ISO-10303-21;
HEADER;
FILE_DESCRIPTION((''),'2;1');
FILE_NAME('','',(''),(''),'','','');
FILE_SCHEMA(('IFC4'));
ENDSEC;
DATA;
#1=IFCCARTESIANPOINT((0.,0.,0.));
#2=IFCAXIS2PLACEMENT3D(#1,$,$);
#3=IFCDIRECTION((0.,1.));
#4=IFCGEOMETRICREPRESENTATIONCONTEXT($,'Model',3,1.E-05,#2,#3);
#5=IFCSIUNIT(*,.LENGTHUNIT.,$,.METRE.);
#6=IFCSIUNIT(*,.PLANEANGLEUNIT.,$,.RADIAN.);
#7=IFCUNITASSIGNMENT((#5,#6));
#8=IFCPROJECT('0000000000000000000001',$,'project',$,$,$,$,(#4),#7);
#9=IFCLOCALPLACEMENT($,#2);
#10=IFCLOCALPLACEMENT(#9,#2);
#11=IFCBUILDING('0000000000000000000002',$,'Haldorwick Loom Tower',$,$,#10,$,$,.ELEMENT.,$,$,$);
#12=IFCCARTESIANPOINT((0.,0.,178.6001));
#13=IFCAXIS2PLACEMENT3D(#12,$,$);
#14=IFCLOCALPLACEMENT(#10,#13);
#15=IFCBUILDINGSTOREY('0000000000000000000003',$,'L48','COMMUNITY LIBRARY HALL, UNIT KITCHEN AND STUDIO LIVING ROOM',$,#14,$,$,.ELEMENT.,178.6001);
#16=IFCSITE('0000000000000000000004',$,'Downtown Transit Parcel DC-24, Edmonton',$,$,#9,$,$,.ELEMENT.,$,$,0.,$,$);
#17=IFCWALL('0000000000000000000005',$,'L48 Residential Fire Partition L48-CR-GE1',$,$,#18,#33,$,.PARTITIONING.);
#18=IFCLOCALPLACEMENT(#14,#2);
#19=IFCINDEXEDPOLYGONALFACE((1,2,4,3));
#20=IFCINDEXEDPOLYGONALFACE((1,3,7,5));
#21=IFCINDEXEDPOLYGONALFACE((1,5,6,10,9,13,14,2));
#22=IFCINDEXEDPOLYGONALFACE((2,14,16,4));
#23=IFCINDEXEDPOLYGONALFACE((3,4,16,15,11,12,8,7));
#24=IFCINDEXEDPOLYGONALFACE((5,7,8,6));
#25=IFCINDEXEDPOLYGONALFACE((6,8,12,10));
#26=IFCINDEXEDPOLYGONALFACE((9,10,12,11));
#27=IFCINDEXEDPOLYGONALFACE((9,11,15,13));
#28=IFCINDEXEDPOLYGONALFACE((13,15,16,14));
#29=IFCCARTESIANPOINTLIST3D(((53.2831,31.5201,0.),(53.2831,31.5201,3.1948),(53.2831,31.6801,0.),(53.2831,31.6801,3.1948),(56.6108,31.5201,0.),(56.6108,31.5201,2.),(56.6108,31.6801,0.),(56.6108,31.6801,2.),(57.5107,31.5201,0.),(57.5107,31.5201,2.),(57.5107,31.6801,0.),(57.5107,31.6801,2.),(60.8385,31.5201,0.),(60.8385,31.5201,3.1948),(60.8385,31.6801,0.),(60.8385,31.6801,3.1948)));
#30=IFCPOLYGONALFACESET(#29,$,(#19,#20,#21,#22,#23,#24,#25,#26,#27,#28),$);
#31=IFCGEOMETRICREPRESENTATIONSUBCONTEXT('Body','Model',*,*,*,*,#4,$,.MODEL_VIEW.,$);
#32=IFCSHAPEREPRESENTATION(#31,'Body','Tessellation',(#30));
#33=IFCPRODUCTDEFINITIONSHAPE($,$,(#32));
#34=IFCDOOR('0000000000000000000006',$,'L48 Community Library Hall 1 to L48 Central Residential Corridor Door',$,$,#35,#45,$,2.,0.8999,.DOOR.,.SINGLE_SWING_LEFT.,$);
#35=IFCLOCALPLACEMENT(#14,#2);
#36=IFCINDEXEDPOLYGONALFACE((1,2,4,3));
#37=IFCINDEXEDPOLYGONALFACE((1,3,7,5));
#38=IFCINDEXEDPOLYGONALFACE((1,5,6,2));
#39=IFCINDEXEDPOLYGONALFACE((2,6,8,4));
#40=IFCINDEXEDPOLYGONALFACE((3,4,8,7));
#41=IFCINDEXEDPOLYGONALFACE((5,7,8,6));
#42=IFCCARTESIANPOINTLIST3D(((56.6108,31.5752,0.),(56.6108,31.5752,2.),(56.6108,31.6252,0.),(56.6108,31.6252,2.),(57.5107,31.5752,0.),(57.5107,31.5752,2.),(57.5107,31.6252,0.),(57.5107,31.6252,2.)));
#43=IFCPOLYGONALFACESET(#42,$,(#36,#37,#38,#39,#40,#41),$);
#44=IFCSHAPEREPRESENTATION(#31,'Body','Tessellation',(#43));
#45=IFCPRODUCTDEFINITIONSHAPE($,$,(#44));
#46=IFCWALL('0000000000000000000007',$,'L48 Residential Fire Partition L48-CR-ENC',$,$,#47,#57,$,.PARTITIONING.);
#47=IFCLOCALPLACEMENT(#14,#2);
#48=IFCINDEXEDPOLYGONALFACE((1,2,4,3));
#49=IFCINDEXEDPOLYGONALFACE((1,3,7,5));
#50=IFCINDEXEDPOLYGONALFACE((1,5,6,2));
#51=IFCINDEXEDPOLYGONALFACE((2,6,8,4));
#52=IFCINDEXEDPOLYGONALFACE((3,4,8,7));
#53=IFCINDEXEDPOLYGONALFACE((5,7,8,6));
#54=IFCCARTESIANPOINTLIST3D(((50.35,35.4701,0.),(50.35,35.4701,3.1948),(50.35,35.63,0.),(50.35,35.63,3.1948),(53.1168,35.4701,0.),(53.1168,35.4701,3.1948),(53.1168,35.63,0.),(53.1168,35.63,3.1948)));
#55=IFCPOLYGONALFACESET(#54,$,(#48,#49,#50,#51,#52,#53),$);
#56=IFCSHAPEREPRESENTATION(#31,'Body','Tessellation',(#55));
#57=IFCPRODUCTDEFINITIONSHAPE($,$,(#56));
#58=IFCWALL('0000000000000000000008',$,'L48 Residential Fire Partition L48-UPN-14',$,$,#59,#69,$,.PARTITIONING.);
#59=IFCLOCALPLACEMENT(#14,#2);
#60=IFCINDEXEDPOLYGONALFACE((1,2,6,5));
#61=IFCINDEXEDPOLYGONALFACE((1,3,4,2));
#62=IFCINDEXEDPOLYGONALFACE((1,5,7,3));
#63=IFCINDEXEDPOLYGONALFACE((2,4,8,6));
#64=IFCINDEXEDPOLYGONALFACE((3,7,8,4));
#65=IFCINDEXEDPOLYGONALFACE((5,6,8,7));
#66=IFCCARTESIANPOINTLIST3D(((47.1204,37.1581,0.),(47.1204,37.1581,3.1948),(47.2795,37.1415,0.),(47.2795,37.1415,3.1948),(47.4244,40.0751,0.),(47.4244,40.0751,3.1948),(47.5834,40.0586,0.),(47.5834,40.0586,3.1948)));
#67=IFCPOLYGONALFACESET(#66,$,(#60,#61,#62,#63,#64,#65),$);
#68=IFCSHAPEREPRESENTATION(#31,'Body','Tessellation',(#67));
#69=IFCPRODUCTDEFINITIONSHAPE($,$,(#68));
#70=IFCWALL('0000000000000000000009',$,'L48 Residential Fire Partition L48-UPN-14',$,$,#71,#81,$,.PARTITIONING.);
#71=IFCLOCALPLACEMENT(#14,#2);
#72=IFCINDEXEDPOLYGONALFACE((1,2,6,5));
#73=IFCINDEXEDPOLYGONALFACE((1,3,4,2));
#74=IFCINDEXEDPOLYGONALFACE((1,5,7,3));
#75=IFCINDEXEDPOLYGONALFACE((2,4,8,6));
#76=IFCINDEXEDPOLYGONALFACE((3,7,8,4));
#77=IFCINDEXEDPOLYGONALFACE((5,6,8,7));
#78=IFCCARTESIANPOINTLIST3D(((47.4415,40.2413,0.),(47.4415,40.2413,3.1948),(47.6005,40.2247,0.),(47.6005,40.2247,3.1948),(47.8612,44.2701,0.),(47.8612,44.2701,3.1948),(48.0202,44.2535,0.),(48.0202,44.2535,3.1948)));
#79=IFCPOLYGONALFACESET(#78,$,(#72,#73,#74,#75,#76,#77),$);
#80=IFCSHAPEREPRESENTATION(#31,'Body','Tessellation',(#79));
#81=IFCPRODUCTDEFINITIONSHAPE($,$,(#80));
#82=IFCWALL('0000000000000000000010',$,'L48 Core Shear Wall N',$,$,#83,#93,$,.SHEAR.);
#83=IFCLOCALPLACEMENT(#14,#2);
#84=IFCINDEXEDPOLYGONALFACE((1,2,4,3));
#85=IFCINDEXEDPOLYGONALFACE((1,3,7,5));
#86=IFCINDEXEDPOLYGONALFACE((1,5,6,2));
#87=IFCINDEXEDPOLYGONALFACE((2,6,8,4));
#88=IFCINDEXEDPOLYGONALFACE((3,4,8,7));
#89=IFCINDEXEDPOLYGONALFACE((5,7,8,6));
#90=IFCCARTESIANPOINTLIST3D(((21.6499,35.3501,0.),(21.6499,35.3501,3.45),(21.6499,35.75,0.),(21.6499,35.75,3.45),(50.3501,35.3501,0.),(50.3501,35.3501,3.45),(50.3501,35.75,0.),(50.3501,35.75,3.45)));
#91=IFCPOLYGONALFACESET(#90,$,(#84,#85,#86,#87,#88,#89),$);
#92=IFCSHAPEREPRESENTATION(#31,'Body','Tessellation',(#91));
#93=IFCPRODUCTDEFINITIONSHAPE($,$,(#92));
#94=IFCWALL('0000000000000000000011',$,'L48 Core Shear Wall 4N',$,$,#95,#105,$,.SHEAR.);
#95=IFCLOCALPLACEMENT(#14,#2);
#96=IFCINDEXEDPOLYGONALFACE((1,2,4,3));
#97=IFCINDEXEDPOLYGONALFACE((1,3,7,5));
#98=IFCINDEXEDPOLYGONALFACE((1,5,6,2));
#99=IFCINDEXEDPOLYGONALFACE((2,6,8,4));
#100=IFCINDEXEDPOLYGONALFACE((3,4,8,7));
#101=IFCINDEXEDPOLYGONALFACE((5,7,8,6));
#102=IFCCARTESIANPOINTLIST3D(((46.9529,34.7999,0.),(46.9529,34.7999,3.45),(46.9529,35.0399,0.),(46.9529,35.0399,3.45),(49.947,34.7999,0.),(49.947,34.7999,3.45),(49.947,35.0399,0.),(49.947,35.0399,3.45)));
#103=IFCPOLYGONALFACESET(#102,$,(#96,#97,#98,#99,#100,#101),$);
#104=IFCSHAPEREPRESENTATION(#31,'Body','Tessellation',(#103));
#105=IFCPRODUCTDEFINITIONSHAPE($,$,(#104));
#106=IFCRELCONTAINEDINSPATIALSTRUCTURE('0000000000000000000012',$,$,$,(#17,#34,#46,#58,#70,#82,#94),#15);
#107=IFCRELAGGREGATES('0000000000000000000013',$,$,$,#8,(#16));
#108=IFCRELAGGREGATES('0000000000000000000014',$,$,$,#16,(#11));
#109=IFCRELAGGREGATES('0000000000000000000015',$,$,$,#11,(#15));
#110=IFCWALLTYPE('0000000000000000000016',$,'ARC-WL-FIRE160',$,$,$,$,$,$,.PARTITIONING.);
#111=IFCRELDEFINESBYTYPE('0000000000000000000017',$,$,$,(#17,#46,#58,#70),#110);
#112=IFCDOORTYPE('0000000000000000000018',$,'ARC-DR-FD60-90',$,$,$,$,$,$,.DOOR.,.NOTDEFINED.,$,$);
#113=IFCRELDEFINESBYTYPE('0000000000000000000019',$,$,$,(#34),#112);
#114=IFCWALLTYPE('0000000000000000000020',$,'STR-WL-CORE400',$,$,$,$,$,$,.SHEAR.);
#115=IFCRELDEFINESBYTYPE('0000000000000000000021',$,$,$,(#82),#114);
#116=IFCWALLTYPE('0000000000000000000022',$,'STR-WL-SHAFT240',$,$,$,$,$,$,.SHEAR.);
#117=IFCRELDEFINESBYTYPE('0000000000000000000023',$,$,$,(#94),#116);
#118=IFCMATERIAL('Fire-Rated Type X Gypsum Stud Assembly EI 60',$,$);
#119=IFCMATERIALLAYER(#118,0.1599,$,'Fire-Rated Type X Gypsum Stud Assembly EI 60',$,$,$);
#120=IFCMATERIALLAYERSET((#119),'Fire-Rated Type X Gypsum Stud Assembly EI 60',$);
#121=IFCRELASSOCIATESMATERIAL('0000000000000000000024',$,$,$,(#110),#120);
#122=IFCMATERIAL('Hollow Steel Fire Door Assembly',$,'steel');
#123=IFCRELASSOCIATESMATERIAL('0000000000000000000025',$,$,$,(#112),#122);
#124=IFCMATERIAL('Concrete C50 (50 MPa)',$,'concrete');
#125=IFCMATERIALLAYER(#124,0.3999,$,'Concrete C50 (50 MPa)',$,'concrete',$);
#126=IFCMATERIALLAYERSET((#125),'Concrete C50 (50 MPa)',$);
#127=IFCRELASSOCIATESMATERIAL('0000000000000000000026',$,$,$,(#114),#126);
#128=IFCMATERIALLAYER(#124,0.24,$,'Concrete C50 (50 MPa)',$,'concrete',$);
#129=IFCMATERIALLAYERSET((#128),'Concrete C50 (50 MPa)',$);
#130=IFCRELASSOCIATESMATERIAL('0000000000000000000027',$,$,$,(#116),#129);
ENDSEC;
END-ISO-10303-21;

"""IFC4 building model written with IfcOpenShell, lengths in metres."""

from ifc_helpers import new_model, si_unit, direction, frame, frame_2d, origin, place, context, subcontext, project, spatial, rectangle, extrude, material, layer, layer_set, type_object, element, fill, save


model = new_model("IFC4")

# Units and contexts
model_context = context("Model", 3, precision=1e-05, world=origin(), true_north=direction((0.0, 1.0)))
body_context = subcontext(model_context, "Body", "Model", "MODEL_VIEW")
ifc_project = project(units=[si_unit("LENGTHUNIT", "METRE"), si_unit("PLANEANGLEUNIT", "RADIAN")], contexts=[model_context])

# Site, building, storey
site_placement = place(None, origin())
site = spatial("IfcSite", under=ifc_project, at=site_placement, Name="Downtown Transit Parcel DC-24, Edmonton", CompositionType="ELEMENT", RefElevation=0.0)
building_placement = place(site_placement, origin())
building = spatial("IfcBuilding", under=site, at=building_placement, Name="Haldorwick Loom Tower", CompositionType="ELEMENT")
storey_placement = place(building_placement, frame((0.0, 0.0, 178.6001)))
storey = spatial("IfcBuildingStorey", under=building, at=storey_placement, Name="L48", Description="COMMUNITY LIBRARY HALL, UNIT KITCHEN AND STUDIO LIVING ROOM", CompositionType="ELEMENT", Elevation=178.6001)

# Shared definitions
ifc_material_1 = material(Name="Fire-Rated Type X Gypsum Stud Assembly EI 60")
ifc_layer_1 = layer(ifc_material_1, 0.1599, Name="Fire-Rated Type X Gypsum Stud Assembly EI 60")
ifc_layer_set_1 = layer_set([ifc_layer_1], Name="Fire-Rated Type X Gypsum Stud Assembly EI 60")
wall_type_1 = type_object("IfcWallType", Name="ARC-WL-FIRE160", PredefinedType="PARTITIONING", material=ifc_layer_set_1)

# Wall, opening, door
wall_1_placement = place(storey_placement, frame((53.283, 31.6001, 0.0), z_axis=(0.0, 0.0, 1.0), x_axis=(1.0, 0.0, 0.0)))
wall_1 = element("IfcWall", 1, at=wall_1_placement, inside=storey, type_object=wall_type_1, Name="L48 Residential Fire Partition L48-CR-GE1", PredefinedType="PARTITIONING", context=body_context, shape_type="SweptSolid", body=[
    extrude(rectangle(XDim=7.5554, YDim=0.1599, at=frame_2d((3.7778, 0.0))), origin(), (0.0, 0.0, 1.0), 3.1948),
])
opening_1_placement = place(wall_1_placement, frame((3.3279, 0.0, 0.0)))
opening_1 = element("IfcOpeningElement", 2, at=opening_1_placement, cuts=wall_1, PredefinedType="OPENING", context=body_context, shape_type="SweptSolid", body=[
    extrude(rectangle(XDim=0.8999, YDim=2.0, at=frame_2d((0.45, 1.0))), frame((0.0, 0.0898, 0.0), z_axis=(0.0, -1.0, 0.0), x_axis=(1.0, 0.0, 0.0)), (0.0, 0.0, 1.0), 0.1799),
])
ifc_material_2 = material(Name="Hollow Steel Fire Door Assembly", Category="steel")
door_type = type_object("IfcDoorType", Name="ARC-DR-FD60-90", OperationType="NOTDEFINED", PredefinedType="DOOR", material=ifc_material_2)
door_placement = place(opening_1_placement, frame((0.8999, 0.0, 0.0), z_axis=(0.0, 0.0, 1.0), x_axis=(-1.0, 0.0, 0.0)))
door = element("IfcDoor", 3, at=door_placement, inside=storey, type_object=door_type, Name="L48 Community Library Hall 1 to L48 Central Residential Corridor Door", OperationType="SINGLE_SWING_LEFT", OverallHeight=2.0, OverallWidth=0.8999, PredefinedType="DOOR", context=body_context, shape_type="SweptSolid", body=[
    extrude(rectangle(XDim=0.8999, YDim=2.0, at=frame_2d((0.45, 1.0))), frame((0.0, 0.0249, 0.0), z_axis=(0.0, -1.0, 0.0), x_axis=(1.0, 0.0, 0.0)), (0.0, 0.0, 1.0), 0.05),
])
fill(opening_1, door)

# Walls
wall_2_placement = place(storey_placement, frame((50.3501, 35.55, 0.0), z_axis=(0.0, 0.0, 1.0), x_axis=(1.0, 0.0, 0.0)))
element("IfcWall", 4, at=wall_2_placement, inside=storey, type_object=wall_type_1, Name="L48 Residential Fire Partition L48-CR-ENC", PredefinedType="PARTITIONING", context=body_context, shape_type="SweptSolid", body=[
    extrude(rectangle(XDim=2.7668, YDim=0.1599, at=frame_2d((1.3833, 0.0))), origin(), (0.0, 0.0, 1.0), 3.1948),
])
wall_3_placement = place(storey_placement, frame((47.2, 37.1499, 0.0), z_axis=(0.0, 0.0, 1.0), x_axis=(0.10364, 0.994615, 0.0)))
element("IfcWall", 5, at=wall_3_placement, inside=storey, type_object=wall_type_1, Name="L48 Residential Fire Partition L48-UPN-14", PredefinedType="PARTITIONING", context=body_context, shape_type="SweptSolid", body=[
    extrude(rectangle(XDim=2.9329, YDim=0.1599, at=frame_2d((1.4663, 0.0))), origin(), (0.0, 0.0, 1.0), 3.1948),
])
wall_4_placement = place(storey_placement, frame((47.521, 40.2329, 0.0), z_axis=(0.0, 0.0, 1.0), x_axis=(0.103609, 0.994618, 0.0)))
element("IfcWall", 6, at=wall_4_placement, inside=storey, type_object=wall_type_1, Name="L48 Residential Fire Partition L48-UPN-14", PredefinedType="PARTITIONING", context=body_context, shape_type="SweptSolid", body=[
    extrude(rectangle(XDim=4.0505, YDim=0.1599, at=frame_2d((2.0254, 0.0))), origin(), (0.0, 0.0, 1.0), 3.1948),
])
ifc_material_3 = material(Name="Concrete C50 (50 MPa)", Category="concrete")
ifc_layer_2 = layer(ifc_material_3, 0.3999, Name="Concrete C50 (50 MPa)", Category="concrete")
ifc_layer_set_2 = layer_set([ifc_layer_2], Name="Concrete C50 (50 MPa)")
wall_type_2 = type_object("IfcWallType", Name="STR-WL-CORE400", PredefinedType="SHEAR", material=ifc_layer_set_2)
wall_5_placement = place(storey_placement, frame((50.3501, 35.55, 0.0), z_axis=(0.0, 0.0, 1.0), x_axis=(-1.0, 0.0, 0.0)))
element("IfcWall", 7, at=wall_5_placement, inside=storey, type_object=wall_type_2, Name="L48 Core Shear Wall N", PredefinedType="SHEAR", context=body_context, shape_type="SweptSolid", body=[
    extrude(rectangle(XDim=28.7002, YDim=0.3999, at=frame_2d((14.3501, 0.0))), origin(), (0.0, 0.0, 1.0), 3.45),
])
ifc_layer_3 = layer(ifc_material_3, 0.24, Name="Concrete C50 (50 MPa)", Category="concrete")
ifc_layer_set_3 = layer_set([ifc_layer_3], Name="Concrete C50 (50 MPa)")
wall_type_3 = type_object("IfcWallType", Name="STR-WL-SHAFT240", PredefinedType="SHEAR", material=ifc_layer_set_3)
wall_6_placement = place(storey_placement, frame((46.9529, 34.9199, 0.0), z_axis=(0.0, 0.0, 1.0), x_axis=(1.0, 0.0, 0.0)))
element("IfcWall", 8, at=wall_6_placement, inside=storey, type_object=wall_type_3, Name="L48 Core Shear Wall 4N", PredefinedType="SHEAR", context=body_context, shape_type="SweptSolid", body=[
    extrude(rectangle(XDim=2.9941, YDim=0.24, at=frame_2d((1.4971, 0.0))), origin(), (0.0, 0.0, 1.0), 3.45),
])

save(model, "model.ifc")
